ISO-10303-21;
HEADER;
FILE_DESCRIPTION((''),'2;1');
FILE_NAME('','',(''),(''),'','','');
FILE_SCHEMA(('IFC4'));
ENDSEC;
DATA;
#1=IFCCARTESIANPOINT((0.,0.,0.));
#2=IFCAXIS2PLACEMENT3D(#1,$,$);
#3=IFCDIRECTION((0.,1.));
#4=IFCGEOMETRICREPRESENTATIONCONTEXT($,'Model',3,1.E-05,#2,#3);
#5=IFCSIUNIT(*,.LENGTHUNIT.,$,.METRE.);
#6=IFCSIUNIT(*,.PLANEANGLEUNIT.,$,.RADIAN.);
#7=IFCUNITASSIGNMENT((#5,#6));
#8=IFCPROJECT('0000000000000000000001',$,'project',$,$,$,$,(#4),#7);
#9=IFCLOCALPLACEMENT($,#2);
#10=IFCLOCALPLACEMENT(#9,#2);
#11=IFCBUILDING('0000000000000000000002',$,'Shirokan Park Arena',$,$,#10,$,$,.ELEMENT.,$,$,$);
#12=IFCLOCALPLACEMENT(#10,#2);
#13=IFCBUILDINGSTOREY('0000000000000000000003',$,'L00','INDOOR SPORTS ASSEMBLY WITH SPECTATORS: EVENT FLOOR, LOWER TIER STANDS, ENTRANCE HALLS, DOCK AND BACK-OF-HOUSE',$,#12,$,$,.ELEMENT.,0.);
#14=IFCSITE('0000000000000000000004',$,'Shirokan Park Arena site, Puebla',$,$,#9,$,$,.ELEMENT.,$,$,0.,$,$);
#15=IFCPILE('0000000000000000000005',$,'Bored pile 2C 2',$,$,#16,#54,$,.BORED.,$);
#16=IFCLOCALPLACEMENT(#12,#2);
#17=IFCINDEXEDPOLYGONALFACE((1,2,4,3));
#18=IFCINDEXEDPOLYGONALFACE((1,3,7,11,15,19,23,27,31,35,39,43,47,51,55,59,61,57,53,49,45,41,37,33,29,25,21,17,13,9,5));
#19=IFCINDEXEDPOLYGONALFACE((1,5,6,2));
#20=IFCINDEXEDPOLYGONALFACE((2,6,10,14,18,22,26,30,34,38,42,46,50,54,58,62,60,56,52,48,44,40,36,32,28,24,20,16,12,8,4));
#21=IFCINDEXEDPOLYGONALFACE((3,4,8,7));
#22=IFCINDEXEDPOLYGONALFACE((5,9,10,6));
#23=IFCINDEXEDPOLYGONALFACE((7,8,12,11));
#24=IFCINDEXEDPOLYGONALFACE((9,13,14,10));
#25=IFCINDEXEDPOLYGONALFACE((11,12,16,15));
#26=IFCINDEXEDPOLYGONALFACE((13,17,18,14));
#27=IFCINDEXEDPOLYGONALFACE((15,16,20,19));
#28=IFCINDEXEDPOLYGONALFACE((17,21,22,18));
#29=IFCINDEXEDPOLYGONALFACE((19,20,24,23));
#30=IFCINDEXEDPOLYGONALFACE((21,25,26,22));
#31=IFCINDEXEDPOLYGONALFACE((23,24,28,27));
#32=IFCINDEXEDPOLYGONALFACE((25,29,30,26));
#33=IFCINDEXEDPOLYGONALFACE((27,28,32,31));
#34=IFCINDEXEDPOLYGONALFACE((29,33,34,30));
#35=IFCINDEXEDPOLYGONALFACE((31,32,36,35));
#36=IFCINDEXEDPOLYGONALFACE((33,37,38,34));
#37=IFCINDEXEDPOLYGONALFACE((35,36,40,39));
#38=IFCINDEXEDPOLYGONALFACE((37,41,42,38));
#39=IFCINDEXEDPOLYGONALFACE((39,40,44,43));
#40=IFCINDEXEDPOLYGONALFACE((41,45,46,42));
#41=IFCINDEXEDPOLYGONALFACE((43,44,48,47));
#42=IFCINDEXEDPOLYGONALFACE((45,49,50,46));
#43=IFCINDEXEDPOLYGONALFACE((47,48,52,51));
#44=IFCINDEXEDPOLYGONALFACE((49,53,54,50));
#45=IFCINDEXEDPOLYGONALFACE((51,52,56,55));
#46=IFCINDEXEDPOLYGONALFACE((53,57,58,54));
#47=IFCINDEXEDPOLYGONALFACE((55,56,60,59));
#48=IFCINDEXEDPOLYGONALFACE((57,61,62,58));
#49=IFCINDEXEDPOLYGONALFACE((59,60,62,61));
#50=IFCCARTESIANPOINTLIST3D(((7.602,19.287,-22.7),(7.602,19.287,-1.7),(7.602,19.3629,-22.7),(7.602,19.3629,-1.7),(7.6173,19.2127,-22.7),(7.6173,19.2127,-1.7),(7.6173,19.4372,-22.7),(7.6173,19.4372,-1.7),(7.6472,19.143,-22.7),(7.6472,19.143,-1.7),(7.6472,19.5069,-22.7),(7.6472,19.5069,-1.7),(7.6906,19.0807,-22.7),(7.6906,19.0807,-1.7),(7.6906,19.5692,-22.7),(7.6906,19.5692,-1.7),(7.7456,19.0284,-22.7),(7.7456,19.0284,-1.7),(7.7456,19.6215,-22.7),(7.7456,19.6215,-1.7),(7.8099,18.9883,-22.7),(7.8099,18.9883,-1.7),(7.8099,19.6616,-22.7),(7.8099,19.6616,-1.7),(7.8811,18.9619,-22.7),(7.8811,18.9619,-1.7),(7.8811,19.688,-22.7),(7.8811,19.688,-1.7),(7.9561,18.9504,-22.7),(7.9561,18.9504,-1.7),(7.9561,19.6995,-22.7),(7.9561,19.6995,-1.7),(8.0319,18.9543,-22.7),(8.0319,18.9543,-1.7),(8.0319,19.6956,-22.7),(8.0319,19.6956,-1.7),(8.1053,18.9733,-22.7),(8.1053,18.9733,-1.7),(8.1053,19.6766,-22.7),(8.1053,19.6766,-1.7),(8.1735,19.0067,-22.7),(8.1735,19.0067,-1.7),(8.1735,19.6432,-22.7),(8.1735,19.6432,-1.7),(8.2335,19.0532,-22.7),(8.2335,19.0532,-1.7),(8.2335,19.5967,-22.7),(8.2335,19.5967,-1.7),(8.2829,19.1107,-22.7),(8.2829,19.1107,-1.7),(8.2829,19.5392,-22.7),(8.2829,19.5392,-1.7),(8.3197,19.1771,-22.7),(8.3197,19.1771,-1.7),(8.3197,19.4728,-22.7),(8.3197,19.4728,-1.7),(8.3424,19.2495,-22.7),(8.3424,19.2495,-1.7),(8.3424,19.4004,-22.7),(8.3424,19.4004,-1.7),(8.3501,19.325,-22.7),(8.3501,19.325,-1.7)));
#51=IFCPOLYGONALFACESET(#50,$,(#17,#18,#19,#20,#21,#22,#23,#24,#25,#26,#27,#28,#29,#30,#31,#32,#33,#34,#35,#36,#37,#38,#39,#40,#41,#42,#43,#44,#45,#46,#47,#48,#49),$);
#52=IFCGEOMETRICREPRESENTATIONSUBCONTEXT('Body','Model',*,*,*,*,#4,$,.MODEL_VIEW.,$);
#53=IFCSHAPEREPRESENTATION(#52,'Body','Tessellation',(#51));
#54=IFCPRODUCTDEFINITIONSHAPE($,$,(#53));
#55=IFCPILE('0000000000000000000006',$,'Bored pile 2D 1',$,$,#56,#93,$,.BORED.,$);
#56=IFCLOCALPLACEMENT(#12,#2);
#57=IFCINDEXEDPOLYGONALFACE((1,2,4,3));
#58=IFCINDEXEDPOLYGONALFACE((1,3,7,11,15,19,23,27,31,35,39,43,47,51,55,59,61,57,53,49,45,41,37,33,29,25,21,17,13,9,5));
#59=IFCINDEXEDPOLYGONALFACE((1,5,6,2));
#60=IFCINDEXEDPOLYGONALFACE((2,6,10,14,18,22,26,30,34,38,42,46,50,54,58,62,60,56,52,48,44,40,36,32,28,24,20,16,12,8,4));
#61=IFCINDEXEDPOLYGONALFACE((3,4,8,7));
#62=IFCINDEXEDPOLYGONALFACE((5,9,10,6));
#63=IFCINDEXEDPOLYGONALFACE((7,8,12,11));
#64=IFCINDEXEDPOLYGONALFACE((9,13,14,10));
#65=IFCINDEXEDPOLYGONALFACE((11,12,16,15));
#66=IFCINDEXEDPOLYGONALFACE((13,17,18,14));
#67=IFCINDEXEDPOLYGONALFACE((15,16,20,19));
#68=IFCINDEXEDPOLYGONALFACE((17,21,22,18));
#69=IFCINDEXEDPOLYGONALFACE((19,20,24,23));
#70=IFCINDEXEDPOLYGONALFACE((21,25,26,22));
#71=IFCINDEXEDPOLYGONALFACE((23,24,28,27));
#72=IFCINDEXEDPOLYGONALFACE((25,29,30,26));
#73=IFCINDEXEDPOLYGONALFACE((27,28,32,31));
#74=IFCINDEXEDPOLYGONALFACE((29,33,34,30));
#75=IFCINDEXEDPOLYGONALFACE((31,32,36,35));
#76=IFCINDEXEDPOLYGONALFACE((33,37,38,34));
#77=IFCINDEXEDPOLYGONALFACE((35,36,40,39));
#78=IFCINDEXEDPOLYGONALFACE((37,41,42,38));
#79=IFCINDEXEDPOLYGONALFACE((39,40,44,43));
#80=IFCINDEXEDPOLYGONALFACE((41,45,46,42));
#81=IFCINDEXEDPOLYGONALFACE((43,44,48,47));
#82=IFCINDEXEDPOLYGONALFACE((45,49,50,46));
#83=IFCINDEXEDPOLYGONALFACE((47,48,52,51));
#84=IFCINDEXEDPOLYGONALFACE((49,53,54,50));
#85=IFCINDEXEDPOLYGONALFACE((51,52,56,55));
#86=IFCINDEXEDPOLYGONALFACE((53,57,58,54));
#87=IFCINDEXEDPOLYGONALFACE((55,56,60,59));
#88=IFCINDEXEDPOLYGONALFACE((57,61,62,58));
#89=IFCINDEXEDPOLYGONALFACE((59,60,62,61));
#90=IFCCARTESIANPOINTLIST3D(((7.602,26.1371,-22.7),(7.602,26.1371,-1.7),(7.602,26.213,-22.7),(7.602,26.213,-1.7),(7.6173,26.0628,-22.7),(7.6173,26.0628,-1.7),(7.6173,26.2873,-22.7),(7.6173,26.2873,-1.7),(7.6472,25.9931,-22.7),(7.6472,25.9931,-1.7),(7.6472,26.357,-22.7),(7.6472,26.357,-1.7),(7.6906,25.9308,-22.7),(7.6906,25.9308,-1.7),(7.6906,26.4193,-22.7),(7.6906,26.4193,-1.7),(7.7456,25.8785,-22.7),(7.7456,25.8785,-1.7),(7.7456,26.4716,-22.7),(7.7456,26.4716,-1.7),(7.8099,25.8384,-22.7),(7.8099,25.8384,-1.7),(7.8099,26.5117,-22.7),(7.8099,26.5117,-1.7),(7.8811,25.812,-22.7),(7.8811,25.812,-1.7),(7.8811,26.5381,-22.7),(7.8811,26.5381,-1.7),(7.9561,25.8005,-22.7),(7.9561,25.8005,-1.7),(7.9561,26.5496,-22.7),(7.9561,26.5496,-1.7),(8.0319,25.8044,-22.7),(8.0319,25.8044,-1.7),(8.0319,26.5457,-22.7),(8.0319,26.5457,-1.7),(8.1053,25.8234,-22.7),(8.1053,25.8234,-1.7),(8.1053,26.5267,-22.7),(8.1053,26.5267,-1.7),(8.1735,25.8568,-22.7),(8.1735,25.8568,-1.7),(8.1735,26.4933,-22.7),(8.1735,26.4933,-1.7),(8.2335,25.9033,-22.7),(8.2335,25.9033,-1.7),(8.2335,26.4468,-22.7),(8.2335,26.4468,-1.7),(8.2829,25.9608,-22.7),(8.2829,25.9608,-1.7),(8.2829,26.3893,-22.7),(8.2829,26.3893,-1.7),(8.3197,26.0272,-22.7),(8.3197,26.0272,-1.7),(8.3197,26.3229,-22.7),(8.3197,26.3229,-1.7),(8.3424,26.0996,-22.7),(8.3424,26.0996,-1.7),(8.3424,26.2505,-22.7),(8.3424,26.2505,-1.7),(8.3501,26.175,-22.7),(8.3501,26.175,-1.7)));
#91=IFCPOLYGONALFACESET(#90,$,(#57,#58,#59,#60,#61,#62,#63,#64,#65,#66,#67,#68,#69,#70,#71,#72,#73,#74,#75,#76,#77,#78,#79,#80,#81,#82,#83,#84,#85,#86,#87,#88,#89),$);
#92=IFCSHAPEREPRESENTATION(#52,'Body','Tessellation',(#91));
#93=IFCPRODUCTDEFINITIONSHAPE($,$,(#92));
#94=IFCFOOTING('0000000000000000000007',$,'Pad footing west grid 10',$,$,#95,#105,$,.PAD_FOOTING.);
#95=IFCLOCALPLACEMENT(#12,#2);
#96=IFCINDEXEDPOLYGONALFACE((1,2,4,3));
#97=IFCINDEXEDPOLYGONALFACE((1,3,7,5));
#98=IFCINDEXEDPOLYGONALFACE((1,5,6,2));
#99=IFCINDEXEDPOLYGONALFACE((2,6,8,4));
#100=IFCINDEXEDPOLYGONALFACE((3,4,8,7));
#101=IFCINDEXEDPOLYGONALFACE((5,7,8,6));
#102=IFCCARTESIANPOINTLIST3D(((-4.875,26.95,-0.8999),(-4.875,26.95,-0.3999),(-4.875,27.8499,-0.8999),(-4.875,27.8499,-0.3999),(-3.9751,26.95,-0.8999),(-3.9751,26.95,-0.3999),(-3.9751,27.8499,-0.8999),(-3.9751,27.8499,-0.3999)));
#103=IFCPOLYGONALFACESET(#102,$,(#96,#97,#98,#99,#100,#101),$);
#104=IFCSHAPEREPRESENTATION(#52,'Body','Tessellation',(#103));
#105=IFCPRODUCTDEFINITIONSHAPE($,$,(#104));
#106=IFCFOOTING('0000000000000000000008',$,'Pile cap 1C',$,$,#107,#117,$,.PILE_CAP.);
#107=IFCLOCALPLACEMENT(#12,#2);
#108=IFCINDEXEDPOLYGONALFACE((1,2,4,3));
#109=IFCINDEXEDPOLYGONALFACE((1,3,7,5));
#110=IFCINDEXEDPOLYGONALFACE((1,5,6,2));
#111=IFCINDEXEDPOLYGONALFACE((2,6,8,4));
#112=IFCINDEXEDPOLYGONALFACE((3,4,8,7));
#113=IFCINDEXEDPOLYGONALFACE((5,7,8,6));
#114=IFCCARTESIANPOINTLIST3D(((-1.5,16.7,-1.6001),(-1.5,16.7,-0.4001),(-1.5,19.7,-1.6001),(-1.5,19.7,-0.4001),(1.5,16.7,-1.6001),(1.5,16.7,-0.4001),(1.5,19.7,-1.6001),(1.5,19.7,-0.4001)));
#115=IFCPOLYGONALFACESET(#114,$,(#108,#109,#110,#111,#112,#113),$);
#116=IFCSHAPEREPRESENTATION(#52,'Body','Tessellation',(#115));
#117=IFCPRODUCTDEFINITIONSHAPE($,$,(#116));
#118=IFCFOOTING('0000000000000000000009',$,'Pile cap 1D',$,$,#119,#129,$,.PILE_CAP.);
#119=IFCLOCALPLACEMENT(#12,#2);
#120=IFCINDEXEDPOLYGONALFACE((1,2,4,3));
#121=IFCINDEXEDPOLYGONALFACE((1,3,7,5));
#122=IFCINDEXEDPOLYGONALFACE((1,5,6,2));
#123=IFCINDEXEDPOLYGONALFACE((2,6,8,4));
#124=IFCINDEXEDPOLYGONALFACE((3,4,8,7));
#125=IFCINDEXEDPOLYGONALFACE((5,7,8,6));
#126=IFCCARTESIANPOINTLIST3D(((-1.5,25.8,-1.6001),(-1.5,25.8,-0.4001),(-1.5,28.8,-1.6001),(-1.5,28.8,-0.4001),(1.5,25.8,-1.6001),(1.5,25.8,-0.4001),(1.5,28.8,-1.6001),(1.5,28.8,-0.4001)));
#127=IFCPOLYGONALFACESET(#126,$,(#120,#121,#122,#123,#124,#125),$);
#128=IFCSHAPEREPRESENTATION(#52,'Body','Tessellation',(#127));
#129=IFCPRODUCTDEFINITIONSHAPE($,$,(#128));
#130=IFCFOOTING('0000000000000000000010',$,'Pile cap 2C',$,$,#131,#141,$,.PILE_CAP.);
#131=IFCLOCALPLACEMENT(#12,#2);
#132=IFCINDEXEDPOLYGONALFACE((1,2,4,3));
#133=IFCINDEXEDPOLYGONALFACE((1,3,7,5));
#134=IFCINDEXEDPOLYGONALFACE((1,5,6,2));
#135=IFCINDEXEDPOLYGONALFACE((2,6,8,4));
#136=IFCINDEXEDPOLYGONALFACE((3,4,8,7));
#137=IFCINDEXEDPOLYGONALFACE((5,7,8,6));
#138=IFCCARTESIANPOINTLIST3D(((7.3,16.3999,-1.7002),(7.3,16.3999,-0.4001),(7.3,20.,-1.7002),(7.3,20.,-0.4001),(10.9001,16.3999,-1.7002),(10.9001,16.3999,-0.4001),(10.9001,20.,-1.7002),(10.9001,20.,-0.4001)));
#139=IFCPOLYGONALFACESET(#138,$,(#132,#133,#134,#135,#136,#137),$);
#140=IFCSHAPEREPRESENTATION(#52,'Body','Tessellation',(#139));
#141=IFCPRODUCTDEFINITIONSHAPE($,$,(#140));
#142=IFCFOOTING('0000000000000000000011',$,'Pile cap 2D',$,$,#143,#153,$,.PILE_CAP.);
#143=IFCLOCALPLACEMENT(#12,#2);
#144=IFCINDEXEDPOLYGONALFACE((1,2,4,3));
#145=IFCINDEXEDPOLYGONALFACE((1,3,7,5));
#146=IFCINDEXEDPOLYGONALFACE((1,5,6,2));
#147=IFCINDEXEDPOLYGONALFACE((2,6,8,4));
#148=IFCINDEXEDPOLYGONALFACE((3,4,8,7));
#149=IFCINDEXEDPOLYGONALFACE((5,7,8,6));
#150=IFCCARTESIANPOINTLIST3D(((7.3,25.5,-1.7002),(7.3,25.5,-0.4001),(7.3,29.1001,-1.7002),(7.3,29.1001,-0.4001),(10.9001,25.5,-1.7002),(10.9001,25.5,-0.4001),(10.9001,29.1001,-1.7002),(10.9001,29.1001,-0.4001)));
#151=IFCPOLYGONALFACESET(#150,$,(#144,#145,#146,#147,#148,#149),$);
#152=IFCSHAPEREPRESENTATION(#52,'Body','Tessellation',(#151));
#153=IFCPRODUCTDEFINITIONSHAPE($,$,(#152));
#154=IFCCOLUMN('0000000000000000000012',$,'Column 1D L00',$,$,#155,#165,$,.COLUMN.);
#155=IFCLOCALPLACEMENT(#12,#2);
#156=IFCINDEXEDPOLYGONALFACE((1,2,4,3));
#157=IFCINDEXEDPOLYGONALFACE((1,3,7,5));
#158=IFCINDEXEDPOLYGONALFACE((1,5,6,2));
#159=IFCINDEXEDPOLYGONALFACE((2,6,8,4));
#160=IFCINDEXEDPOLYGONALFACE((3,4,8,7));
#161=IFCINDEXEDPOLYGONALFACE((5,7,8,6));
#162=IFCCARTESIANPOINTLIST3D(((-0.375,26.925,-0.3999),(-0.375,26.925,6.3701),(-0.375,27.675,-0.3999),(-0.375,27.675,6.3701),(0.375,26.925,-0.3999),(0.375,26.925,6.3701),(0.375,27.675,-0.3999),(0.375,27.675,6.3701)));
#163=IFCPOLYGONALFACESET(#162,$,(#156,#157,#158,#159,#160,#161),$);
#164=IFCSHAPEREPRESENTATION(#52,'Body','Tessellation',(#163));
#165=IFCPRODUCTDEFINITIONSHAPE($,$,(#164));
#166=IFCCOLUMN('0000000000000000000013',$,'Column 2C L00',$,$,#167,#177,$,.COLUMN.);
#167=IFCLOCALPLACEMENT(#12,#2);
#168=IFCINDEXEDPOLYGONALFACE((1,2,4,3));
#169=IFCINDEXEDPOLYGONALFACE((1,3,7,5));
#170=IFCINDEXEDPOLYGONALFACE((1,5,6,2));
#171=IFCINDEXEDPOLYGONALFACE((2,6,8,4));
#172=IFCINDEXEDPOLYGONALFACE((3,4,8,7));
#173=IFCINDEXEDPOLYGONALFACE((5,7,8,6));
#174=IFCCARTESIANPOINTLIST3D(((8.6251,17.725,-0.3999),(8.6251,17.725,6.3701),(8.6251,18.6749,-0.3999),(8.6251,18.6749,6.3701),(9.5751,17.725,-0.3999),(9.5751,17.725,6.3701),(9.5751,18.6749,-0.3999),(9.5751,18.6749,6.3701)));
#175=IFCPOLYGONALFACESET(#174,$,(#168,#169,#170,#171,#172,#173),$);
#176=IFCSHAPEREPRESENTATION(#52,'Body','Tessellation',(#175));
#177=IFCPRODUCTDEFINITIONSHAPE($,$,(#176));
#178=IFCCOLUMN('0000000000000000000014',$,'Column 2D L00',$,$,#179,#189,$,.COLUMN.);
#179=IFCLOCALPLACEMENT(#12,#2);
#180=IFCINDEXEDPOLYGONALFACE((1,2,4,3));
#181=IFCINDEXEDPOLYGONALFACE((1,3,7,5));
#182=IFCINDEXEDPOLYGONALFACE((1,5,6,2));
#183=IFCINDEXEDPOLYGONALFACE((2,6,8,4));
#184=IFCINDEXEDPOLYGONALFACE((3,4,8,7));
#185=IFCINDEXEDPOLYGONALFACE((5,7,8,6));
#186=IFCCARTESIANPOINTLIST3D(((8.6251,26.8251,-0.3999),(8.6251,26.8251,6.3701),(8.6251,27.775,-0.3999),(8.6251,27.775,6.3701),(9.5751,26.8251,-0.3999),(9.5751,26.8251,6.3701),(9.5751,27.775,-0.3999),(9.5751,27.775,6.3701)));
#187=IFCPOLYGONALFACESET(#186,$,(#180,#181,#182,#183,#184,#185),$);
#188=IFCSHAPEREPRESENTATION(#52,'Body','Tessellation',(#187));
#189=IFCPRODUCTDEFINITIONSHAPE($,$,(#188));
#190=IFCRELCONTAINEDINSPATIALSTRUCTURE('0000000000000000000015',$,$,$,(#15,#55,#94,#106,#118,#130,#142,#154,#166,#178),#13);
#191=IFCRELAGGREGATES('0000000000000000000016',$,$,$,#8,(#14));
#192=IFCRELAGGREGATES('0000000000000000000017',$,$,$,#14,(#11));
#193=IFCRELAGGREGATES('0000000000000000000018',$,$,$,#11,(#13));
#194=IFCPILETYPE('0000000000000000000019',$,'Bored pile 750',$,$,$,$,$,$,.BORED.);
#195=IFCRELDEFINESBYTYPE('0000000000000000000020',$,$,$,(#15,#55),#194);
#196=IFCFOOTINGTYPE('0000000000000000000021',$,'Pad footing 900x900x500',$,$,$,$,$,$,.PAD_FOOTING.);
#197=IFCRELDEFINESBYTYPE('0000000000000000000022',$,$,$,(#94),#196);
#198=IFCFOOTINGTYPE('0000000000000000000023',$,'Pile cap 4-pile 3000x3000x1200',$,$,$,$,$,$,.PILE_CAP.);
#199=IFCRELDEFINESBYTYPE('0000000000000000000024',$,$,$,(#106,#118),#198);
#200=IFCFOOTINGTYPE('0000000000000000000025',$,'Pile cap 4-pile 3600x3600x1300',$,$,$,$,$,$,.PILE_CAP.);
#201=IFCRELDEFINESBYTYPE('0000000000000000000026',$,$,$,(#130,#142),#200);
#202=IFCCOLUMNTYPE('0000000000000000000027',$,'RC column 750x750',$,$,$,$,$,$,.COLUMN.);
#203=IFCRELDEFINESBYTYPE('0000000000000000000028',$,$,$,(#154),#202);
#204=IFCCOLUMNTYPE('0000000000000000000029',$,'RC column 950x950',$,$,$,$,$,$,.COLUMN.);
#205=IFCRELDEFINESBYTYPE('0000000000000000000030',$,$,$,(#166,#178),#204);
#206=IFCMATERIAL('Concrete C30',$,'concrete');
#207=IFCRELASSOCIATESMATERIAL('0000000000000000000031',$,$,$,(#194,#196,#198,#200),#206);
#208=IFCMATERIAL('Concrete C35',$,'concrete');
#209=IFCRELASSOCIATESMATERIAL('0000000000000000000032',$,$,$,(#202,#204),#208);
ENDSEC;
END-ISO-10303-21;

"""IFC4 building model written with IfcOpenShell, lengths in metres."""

from ifc_helpers import new_model, si_unit, direction, frame, origin, origin_2d, place, context, subcontext, project, spatial, rectangle, circle, extrude, material, material_profile, profile_set, type_object, element, save


model = new_model("IFC4")

# Units and contexts
model_context = context("Model", 3, precision=1e-05, world=origin(), true_north=direction((0.0, 1.0)))
body_context = subcontext(model_context, "Body", "Model", "MODEL_VIEW")
ifc_project = project(units=[si_unit("LENGTHUNIT", "METRE"), si_unit("PLANEANGLEUNIT", "RADIAN")], contexts=[model_context])

# Site, building, storey
site_placement = place(None, origin())
site = spatial("IfcSite", under=ifc_project, at=site_placement, Name="Shirokan Park Arena site, Puebla", CompositionType="ELEMENT", RefElevation=0.0)
building_placement = place(site_placement, origin())
building = spatial("IfcBuilding", under=site, at=building_placement, Name="Shirokan Park Arena", CompositionType="ELEMENT")
storey_placement = place(building_placement, origin())
storey = spatial("IfcBuildingStorey", under=building, at=storey_placement, Name="L00", Description="INDOOR SPORTS ASSEMBLY WITH SPECTATORS: EVENT FLOOR, LOWER TIER STANDS, ENTRANCE HALLS, DOCK AND BACK-OF-HOUSE", CompositionType="ELEMENT", Elevation=0.0)

# Piles
ifc_material_1 = material(Name="Concrete C30", Category="concrete")
ifc_material_profile_1 = material_profile(ifc_material_1, circle(Radius=0.375, at=origin_2d()), Name="D750")
ifc_profile_set_1 = profile_set([ifc_material_profile_1], Name="Concrete C30")
pile_type_1 = type_object("IfcPileType", Name="Bored pile 750", PredefinedType="BORED", material=ifc_profile_set_1)
for number, where, z_axis, x_axis, name in (
    (1, (7.9751, 19.325, -1.7), (0.0, 0.0, -1.0), (1.0, 0.0, 0.0), "Bored pile 2C 2"),
    (2, (7.9751, 26.175, -1.7), (0.0, 0.0, -1.0), (1.0, 0.0, 0.0), "Bored pile 2D 1"),
):
    element("IfcPile", number, at=place(storey_placement, frame(where, z_axis=z_axis, x_axis=x_axis)), inside=storey, type_object=pile_type_1, Name=name, PredefinedType="BORED", context=body_context, shape_type="SweptSolid", body=[
        extrude(circle(Radius=0.375, at=origin_2d()), origin(), (0.0, 0.0, 1.0), 21.0),
    ])

# Footings
footing_type_1 = type_object("IfcFootingType", Name="Pad footing 900x900x500", PredefinedType="PAD_FOOTING", material=ifc_material_1)
footing_placement = place(storey_placement, frame((-4.425, 27.3999, -0.8999), z_axis=(0.0, 0.0, 1.0), x_axis=(1.0, 0.0, 0.0)))
element("IfcFooting", 3, at=footing_placement, inside=storey, type_object=footing_type_1, Name="Pad footing west grid 10", PredefinedType="PAD_FOOTING", context=body_context, shape_type="SweptSolid", body=[
    extrude(rectangle(XDim=0.8999, YDim=0.8999, at=origin_2d()), origin(), (0.0, 0.0, 1.0), 0.5),
])
footing_type_2 = type_object("IfcFootingType", Name="Pile cap 4-pile 3000x3000x1200", PredefinedType="PILE_CAP", material=ifc_material_1)
for number, where, z_axis, x_axis, name in (
    (4, (0.0, 18.2, -1.6001), (0.0, 0.0, 1.0), (1.0, 0.0, 0.0), "Pile cap 1C"),
    (5, (0.0, 27.3, -1.6001), (0.0, 0.0, 1.0), (1.0, 0.0, 0.0), "Pile cap 1D"),
):
    element("IfcFooting", number, at=place(storey_placement, frame(where, z_axis=z_axis, x_axis=x_axis)), inside=storey, type_object=footing_type_2, Name=name, PredefinedType="PILE_CAP", context=body_context, shape_type="SweptSolid", body=[
        extrude(rectangle(XDim=3.0, YDim=3.0, at=origin_2d()), origin(), (0.0, 0.0, 1.0), 1.2),
    ])
footing_type_3 = type_object("IfcFootingType", Name="Pile cap 4-pile 3600x3600x1300", PredefinedType="PILE_CAP", material=ifc_material_1)
for number, where, z_axis, x_axis, name in (
    (6, (9.1001, 18.2, -1.7002), (0.0, 0.0, 1.0), (1.0, 0.0, 0.0), "Pile cap 2C"),
    (7, (9.1001, 27.3, -1.7002), (0.0, 0.0, 1.0), (1.0, 0.0, 0.0), "Pile cap 2D"),
):
    element("IfcFooting", number, at=place(storey_placement, frame(where, z_axis=z_axis, x_axis=x_axis)), inside=storey, type_object=footing_type_3, Name=name, PredefinedType="PILE_CAP", context=body_context, shape_type="SweptSolid", body=[
        extrude(rectangle(XDim=3.6001, YDim=3.6001, at=origin_2d()), origin(), (0.0, 0.0, 1.0), 1.3),
    ])

# Columns
ifc_material_2 = material(Name="Concrete C35", Category="concrete")
ifc_material_profile_2 = material_profile(ifc_material_2, rectangle(XDim=0.75, YDim=0.75, at=origin_2d()), Name="750x750")
ifc_profile_set_2 = profile_set([ifc_material_profile_2], Name="Concrete C35")
column_type_1 = type_object("IfcColumnType", Name="RC column 750x750", PredefinedType="COLUMN", material=ifc_profile_set_2)
column_1_placement = place(storey_placement, frame((0.0, 27.3, -0.3999), z_axis=(0.0, 0.0, 1.0), x_axis=(1.0, 0.0, 0.0)))
element("IfcColumn", 8, at=column_1_placement, inside=storey, type_object=column_type_1, Name="Column 1D L00", PredefinedType="COLUMN", context=body_context, shape_type="SweptSolid", body=[
    extrude(rectangle(XDim=0.75, YDim=0.75, at=origin_2d()), origin(), (0.0, 0.0, 1.0), 6.77),
])
ifc_material_profile_3 = material_profile(ifc_material_2, rectangle(XDim=0.95, YDim=0.95, at=origin_2d()), Name="950x950")
ifc_profile_set_3 = profile_set([ifc_material_profile_3], Name="Concrete C35")
column_type_2 = type_object("IfcColumnType", Name="RC column 950x950", PredefinedType="COLUMN", material=ifc_profile_set_3)
for number, where, z_axis, x_axis, name in (
    (9, (9.1001, 18.2, -0.3999), (0.0, 0.0, 1.0), (1.0, 0.0, 0.0), "Column 2C L00"),
    (10, (9.1001, 27.3, -0.3999), (0.0, 0.0, 1.0), (1.0, 0.0, 0.0), "Column 2D L00"),
):
    element("IfcColumn", number, at=place(storey_placement, frame(where, z_axis=z_axis, x_axis=x_axis)), inside=storey, type_object=column_type_2, Name=name, PredefinedType="COLUMN", context=body_context, shape_type="SweptSolid", body=[
        extrude(rectangle(XDim=0.95, YDim=0.95, at=origin_2d()), origin(), (0.0, 0.0, 1.0), 6.77),
    ])

save(model, "model.ifc")
